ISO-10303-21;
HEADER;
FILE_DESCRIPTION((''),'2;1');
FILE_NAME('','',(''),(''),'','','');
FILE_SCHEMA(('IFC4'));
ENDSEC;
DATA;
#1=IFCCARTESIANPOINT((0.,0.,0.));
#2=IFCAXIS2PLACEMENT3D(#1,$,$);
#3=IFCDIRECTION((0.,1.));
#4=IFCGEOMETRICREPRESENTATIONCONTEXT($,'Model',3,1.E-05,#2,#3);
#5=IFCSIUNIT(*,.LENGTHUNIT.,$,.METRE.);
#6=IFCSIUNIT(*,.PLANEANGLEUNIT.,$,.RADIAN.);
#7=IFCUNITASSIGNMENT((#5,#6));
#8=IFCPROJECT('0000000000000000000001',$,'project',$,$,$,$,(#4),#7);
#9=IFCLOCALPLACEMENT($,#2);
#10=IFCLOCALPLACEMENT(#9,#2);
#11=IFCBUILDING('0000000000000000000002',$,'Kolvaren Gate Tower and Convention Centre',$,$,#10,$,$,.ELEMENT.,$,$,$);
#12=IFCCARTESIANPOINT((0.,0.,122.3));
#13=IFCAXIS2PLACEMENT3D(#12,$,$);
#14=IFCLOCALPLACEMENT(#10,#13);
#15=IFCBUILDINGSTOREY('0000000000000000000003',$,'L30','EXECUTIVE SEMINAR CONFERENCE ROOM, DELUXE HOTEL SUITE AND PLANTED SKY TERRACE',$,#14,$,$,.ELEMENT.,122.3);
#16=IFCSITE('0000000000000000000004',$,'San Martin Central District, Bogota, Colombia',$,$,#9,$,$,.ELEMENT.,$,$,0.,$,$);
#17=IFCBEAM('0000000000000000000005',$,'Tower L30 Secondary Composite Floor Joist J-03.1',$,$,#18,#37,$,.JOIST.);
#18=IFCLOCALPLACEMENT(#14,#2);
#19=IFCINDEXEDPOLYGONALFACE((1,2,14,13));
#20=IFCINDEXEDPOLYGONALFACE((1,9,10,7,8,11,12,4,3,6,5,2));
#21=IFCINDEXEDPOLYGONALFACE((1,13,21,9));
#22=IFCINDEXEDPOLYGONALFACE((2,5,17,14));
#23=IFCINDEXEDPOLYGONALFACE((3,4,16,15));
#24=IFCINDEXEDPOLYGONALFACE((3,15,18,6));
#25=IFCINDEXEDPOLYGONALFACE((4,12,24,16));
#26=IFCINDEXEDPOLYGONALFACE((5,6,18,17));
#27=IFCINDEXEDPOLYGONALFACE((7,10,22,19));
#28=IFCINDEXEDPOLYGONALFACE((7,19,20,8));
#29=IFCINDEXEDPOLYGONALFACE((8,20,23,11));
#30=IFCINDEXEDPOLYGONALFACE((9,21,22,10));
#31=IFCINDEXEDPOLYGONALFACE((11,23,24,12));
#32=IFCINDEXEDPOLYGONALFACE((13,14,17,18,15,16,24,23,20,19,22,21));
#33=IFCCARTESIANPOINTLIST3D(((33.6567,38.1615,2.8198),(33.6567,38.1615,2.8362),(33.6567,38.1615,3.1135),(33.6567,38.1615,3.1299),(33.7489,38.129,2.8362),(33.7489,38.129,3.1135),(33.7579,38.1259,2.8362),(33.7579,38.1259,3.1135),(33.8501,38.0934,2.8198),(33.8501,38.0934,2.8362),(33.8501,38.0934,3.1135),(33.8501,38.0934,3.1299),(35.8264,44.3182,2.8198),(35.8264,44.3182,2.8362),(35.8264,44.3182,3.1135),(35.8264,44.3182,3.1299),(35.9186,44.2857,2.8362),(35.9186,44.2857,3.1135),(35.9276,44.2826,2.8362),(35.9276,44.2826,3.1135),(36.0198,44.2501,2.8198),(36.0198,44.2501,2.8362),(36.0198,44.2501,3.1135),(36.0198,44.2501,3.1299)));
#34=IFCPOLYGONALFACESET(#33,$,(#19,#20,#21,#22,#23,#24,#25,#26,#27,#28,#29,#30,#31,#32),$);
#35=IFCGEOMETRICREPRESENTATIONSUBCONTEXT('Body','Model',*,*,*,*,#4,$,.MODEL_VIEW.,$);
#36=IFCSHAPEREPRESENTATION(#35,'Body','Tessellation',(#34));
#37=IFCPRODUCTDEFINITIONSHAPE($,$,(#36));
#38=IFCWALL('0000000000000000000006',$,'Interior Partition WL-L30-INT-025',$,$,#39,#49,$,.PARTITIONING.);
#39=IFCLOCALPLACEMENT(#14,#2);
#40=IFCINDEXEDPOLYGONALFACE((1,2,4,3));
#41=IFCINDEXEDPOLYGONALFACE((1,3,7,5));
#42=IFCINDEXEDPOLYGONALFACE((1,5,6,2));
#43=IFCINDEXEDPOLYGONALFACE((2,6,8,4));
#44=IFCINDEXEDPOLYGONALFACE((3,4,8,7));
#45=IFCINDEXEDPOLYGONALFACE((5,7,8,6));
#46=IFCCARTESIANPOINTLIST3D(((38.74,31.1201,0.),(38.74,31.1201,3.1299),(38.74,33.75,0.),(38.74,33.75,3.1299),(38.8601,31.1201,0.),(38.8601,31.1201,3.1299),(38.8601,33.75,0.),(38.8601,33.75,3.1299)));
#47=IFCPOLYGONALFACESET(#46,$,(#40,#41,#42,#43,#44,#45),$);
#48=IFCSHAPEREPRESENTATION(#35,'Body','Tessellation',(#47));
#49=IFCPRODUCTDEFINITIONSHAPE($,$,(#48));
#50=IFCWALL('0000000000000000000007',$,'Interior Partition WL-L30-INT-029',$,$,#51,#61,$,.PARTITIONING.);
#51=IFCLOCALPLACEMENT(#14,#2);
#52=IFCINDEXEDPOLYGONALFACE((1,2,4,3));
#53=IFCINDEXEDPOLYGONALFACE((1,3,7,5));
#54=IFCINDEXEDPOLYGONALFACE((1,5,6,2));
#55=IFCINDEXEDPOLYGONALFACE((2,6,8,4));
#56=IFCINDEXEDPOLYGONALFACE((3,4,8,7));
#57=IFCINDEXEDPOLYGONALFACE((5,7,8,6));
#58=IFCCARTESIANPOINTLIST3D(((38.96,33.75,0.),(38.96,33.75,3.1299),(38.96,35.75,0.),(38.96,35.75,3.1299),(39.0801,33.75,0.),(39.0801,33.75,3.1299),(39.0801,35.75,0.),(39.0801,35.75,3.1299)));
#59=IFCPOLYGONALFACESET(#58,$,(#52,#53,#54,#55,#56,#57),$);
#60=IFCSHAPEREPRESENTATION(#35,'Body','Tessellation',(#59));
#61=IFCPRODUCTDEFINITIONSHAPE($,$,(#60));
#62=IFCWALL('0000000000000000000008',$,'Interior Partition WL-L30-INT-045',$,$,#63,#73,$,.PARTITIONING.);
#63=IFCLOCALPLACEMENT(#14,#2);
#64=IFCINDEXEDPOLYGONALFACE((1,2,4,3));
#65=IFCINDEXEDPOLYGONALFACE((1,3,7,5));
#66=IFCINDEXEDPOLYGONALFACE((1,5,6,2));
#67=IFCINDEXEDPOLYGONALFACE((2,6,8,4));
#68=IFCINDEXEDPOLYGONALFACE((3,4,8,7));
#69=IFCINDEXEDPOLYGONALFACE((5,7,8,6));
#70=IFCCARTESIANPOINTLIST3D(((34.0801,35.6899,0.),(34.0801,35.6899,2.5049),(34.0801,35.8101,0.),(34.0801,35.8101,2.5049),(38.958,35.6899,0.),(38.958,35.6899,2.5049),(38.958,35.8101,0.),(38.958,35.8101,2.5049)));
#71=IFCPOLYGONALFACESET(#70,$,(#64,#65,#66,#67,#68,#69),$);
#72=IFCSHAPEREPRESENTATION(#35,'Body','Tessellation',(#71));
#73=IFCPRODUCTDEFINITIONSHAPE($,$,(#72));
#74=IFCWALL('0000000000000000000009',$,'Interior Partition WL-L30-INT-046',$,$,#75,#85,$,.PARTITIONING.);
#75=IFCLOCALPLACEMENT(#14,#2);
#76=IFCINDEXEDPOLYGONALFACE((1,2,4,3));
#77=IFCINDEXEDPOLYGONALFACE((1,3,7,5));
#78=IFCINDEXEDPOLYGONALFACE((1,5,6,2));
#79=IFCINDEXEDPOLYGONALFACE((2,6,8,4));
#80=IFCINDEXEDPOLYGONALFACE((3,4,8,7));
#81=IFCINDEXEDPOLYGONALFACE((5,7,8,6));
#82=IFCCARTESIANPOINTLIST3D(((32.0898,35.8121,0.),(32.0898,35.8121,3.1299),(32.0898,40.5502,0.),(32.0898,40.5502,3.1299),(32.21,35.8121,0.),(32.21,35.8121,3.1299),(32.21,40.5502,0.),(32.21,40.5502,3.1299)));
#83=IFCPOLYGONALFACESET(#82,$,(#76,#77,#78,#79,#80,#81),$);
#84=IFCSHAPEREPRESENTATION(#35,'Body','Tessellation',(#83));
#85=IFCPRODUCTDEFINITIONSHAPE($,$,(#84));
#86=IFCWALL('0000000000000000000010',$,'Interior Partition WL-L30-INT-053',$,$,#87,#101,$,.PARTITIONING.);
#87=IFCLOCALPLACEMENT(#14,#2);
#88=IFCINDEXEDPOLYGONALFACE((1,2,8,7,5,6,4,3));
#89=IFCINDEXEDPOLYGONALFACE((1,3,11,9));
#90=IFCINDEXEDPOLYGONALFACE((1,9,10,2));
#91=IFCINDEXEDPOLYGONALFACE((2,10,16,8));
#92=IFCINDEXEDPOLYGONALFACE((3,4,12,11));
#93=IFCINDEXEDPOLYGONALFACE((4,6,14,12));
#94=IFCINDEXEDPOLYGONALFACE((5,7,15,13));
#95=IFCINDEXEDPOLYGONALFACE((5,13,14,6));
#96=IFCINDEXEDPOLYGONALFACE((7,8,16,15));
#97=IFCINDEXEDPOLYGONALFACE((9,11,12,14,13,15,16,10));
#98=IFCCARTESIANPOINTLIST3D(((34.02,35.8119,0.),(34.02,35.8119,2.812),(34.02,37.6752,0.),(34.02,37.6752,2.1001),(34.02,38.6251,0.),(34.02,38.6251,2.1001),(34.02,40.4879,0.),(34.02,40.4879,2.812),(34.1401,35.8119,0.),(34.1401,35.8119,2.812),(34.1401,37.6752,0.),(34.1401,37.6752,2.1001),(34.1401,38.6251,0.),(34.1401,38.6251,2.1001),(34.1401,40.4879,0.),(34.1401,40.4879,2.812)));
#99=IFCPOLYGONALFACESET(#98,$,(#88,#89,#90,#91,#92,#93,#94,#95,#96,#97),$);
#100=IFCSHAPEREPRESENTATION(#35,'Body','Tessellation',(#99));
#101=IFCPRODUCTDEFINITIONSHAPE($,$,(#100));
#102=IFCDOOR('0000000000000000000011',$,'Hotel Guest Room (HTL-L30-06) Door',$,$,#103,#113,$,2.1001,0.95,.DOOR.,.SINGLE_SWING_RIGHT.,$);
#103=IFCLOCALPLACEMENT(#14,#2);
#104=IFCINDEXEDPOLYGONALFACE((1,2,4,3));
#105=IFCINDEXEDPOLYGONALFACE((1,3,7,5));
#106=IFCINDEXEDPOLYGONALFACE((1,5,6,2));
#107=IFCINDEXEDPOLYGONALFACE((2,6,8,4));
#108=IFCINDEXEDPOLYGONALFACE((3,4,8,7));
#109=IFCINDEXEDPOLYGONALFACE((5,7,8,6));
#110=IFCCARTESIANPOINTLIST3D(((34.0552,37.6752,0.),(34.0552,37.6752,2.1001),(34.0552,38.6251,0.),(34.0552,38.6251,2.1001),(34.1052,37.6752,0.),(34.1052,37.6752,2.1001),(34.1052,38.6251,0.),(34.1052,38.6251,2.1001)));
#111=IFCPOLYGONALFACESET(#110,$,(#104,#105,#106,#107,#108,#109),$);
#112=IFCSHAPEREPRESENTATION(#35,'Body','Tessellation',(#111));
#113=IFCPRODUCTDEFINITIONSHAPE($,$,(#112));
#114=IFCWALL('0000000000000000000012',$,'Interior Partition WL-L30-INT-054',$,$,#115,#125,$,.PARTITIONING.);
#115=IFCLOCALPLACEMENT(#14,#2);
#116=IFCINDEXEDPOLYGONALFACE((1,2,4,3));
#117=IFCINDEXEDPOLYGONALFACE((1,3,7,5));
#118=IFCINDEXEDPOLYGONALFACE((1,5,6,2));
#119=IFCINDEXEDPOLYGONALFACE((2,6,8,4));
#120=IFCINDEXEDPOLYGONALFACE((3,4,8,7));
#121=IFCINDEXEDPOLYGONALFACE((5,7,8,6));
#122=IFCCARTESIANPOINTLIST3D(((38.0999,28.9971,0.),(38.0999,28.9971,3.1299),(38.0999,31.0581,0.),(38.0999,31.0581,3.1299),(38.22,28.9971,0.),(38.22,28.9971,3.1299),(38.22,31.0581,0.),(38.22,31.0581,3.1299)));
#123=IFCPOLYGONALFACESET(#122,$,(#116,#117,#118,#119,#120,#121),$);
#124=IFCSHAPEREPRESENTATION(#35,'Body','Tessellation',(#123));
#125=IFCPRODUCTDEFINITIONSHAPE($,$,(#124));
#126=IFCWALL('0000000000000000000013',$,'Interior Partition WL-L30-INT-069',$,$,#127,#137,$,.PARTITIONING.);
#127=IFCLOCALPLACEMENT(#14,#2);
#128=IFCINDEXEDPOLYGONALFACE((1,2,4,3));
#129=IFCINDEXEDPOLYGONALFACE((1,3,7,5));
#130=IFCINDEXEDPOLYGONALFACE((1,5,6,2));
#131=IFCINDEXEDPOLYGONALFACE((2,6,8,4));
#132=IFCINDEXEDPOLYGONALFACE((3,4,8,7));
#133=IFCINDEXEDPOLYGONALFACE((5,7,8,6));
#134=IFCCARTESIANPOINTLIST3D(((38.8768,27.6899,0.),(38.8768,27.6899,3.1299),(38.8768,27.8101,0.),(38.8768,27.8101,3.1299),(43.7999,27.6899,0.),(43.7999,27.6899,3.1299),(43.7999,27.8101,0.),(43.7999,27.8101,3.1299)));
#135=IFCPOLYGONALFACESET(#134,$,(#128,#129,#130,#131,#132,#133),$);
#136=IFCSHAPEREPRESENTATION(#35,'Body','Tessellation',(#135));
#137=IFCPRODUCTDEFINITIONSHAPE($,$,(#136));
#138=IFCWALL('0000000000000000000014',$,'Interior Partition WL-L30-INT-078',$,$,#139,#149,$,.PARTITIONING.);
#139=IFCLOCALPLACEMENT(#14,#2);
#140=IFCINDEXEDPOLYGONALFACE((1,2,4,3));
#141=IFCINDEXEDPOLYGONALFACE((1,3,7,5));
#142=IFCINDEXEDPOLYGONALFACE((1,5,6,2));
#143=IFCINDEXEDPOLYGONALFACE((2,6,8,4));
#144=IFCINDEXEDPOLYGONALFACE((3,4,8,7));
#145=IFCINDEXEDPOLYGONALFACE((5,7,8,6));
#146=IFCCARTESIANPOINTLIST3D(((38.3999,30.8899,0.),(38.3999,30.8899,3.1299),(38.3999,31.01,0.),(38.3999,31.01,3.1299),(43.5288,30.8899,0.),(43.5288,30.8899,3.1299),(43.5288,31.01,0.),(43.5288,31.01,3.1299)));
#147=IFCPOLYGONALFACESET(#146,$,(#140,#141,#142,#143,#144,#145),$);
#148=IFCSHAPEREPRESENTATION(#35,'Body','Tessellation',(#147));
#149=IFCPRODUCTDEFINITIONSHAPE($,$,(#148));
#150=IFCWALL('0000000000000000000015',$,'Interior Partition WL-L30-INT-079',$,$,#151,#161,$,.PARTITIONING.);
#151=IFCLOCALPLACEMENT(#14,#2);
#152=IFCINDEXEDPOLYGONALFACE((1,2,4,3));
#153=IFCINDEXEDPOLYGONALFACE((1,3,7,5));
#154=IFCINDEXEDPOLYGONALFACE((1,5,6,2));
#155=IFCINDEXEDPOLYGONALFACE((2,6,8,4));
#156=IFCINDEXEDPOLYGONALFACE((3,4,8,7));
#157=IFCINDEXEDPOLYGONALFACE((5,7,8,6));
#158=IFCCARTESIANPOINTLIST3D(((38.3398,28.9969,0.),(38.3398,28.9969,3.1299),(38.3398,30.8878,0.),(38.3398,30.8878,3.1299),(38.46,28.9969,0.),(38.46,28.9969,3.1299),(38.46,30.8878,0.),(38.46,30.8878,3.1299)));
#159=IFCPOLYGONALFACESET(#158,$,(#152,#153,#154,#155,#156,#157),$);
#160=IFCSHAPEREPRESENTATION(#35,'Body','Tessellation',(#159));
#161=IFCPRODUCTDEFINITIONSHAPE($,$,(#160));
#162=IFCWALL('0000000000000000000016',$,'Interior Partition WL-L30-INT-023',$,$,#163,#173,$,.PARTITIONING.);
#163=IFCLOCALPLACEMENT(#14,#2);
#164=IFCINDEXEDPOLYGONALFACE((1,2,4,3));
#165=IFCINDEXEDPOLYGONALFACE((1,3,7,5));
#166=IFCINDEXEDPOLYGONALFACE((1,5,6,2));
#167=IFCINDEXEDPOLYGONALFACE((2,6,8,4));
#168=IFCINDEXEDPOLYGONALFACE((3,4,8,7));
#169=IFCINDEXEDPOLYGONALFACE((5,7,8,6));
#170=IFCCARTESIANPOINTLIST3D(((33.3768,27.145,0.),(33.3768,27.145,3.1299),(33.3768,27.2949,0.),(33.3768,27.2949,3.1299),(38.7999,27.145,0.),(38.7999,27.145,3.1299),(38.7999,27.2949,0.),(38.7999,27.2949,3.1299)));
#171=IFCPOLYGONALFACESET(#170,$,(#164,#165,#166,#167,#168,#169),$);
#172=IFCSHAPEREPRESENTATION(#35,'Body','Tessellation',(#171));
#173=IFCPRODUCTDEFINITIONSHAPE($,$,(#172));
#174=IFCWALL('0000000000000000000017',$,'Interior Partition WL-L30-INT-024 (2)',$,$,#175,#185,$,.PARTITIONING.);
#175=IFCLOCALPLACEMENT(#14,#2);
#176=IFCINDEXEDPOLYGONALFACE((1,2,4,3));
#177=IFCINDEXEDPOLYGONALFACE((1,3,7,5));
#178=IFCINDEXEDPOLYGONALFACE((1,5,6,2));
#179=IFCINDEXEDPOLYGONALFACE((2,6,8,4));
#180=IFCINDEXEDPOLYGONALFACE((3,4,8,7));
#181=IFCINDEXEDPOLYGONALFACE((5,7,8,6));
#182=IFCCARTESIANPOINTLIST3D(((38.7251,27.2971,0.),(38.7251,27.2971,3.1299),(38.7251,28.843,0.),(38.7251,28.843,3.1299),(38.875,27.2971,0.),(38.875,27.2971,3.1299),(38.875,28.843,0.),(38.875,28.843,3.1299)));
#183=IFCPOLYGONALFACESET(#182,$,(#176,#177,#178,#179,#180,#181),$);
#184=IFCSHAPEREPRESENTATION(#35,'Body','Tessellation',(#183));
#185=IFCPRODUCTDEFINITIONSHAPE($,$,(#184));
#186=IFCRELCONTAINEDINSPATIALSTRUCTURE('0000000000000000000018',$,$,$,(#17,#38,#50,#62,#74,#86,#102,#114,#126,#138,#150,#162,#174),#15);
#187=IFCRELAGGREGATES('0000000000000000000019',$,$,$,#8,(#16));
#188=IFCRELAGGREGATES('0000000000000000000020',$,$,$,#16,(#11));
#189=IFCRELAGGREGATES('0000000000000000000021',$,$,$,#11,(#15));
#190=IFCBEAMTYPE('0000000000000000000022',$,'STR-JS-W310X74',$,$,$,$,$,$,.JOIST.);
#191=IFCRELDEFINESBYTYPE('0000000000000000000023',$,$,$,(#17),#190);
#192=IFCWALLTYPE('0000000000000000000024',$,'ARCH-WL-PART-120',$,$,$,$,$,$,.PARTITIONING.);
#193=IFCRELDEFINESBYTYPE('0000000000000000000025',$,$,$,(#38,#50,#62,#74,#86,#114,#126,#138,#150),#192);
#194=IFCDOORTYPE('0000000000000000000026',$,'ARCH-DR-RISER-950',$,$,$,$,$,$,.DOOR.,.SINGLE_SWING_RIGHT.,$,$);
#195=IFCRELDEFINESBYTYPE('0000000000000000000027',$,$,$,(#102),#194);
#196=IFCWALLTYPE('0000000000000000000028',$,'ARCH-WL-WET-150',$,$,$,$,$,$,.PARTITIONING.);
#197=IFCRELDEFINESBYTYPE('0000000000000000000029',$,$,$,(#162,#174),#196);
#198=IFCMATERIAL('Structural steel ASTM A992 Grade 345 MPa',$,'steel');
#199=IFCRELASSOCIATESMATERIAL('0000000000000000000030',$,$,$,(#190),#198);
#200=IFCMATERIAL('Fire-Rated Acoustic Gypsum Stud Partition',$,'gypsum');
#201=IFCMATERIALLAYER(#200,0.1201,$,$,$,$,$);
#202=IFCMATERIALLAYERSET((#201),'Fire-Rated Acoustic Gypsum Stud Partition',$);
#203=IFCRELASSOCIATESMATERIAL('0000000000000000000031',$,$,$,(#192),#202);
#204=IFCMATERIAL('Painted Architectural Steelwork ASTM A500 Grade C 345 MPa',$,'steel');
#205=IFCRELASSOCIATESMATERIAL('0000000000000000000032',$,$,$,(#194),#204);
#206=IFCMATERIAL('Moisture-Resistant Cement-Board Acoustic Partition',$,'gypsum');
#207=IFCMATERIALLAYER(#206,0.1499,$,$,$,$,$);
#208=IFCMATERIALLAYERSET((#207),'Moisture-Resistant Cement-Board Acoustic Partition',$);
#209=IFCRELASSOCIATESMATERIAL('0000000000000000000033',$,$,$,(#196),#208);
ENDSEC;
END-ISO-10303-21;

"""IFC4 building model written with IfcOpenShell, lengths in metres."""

from ifc_helpers import new_model, si_unit, direction, frame, frame_2d, origin, origin_2d, place, context, subcontext, project, spatial, rectangle, i_section, extrude, material, layer, layer_set, material_profile, profile_set, type_object, element, fill, save


model = new_model("IFC4")

# Units and contexts
model_context = context("Model", 3, precision=1e-05, world=origin(), true_north=direction((0.0, 1.0)))
body_context = subcontext(model_context, "Body", "Model", "MODEL_VIEW")
ifc_project = project(units=[si_unit("LENGTHUNIT", "METRE"), si_unit("PLANEANGLEUNIT", "RADIAN")], contexts=[model_context])

# Site, building, storey
site_placement = place(None, origin())
site = spatial("IfcSite", under=ifc_project, at=site_placement, Name="San Martin Central District, Bogota, Colombia", CompositionType="ELEMENT", RefElevation=0.0)
building_placement = place(site_placement, origin())
building = spatial("IfcBuilding", under=site, at=building_placement, Name="Kolvaren Gate Tower and Convention Centre", CompositionType="ELEMENT")
storey_placement = place(building_placement, frame((0.0, 0.0, 122.3)))
storey = spatial("IfcBuildingStorey", under=building, at=storey_placement, Name="L30", Description="EXECUTIVE SEMINAR CONFERENCE ROOM, DELUXE HOTEL SUITE AND PLANTED SKY TERRACE", CompositionType="ELEMENT", Elevation=122.3)

# Beam
ifc_material_1 = material(Name="Structural steel ASTM A992 Grade 345 MPa", Category="steel")
ifc_material_profile_1 = material_profile(ifc_material_1, i_section(OverallWidth=0.2051, OverallDepth=0.3101, WebThickness=0.0095, FlangeThickness=0.0164, at=origin_2d()), Name="W310X74")
ifc_profile_set_1 = profile_set([ifc_material_profile_1], Name="Structural steel ASTM A992 Grade 345 MPa")
beam_type_1 = type_object("IfcBeamType", Name="STR-JS-W310X74", PredefinedType="JOIST", material=ifc_profile_set_1)
beam_1_placement = place(storey_placement, frame((33.7534, 38.1274, 2.9749), z_axis=(0.332372, 0.943148, 0.0), x_axis=(-0.943148, 0.332372, 0.0)))
element("IfcBeam", 1, at=beam_1_placement, inside=storey, type_object=beam_type_1, Name="Tower L30 Secondary Composite Floor Joist J-03.1", PredefinedType="JOIST", context=body_context, shape_type="SweptSolid", body=[
    extrude(i_section(OverallWidth=0.2051, OverallDepth=0.3101, WebThickness=0.0095, FlangeThickness=0.0164, at=origin_2d()), origin(), (0.0, 0.0, 1.0), 6.5278),
])

# Walls
ifc_material_2 = material(Name="Fire-Rated Acoustic Gypsum Stud Partition", Category="gypsum")
ifc_layer_1 = layer(ifc_material_2, 0.1201)
ifc_layer_set_1 = layer_set([ifc_layer_1], Name="Fire-Rated Acoustic Gypsum Stud Partition")
wall_type_1 = type_object("IfcWallType", Name="ARCH-WL-PART-120", PredefinedType="PARTITIONING", material=ifc_layer_set_1)
wall_1_placement = place(storey_placement, frame((38.8, 31.1201, 0.0), z_axis=(0.0, 0.0, 1.0), x_axis=(0.0, 1.0, 0.0)))
element("IfcWall", 2, at=wall_1_placement, inside=storey, type_object=wall_type_1, Name="Interior Partition WL-L30-INT-025", PredefinedType="PARTITIONING", context=body_context, shape_type="SweptSolid", body=[
    extrude(rectangle(XDim=2.6299, YDim=0.1201, at=frame_2d((1.3149, 0.0))), origin(), (0.0, 0.0, 1.0), 3.1299),
])
wall_2_placement = place(storey_placement, frame((39.02, 33.75, 0.0), z_axis=(0.0, 0.0, 1.0), x_axis=(0.0, 1.0, 0.0)))
element("IfcWall", 3, at=wall_2_placement, inside=storey, type_object=wall_type_1, Name="Interior Partition WL-L30-INT-029", PredefinedType="PARTITIONING", context=body_context, shape_type="SweptSolid", body=[
    extrude(rectangle(XDim=2.0, YDim=0.1201, at=frame_2d((1.0, 0.0))), origin(), (0.0, 0.0, 1.0), 3.1299),
])
wall_3_placement = place(storey_placement, frame((34.0801, 35.75, 0.0), z_axis=(0.0, 0.0, 1.0), x_axis=(1.0, 0.0, 0.0)))
element("IfcWall", 4, at=wall_3_placement, inside=storey, type_object=wall_type_1, Name="Interior Partition WL-L30-INT-045", PredefinedType="PARTITIONING", context=body_context, shape_type="SweptSolid", body=[
    extrude(rectangle(XDim=4.8779, YDim=0.1201, at=frame_2d((2.439, 0.0))), origin(), (0.0, 0.0, 1.0), 2.5049),
])
wall_4_placement = place(storey_placement, frame((32.1499, 35.812, 0.0), z_axis=(0.0, 0.0, 1.0), x_axis=(0.0, 1.0, 0.0)))
element("IfcWall", 5, at=wall_4_placement, inside=storey, type_object=wall_type_1, Name="Interior Partition WL-L30-INT-046", PredefinedType="PARTITIONING", context=body_context, shape_type="SweptSolid", body=[
    extrude(rectangle(XDim=4.738, YDim=0.1201, at=frame_2d((2.3691, 0.0))), origin(), (0.0, 0.0, 1.0), 3.1299),
])

# Wall, opening, door
wall_5_placement = place(storey_placement, frame((34.0801, 35.812, 0.0), z_axis=(0.0, 0.0, 1.0), x_axis=(0.0, 1.0, 0.0)))
wall_5 = element("IfcWall", 6, at=wall_5_placement, inside=storey, type_object=wall_type_1, Name="Interior Partition WL-L30-INT-053", PredefinedType="PARTITIONING", context=body_context, shape_type="SweptSolid", body=[
    extrude(rectangle(XDim=4.676, YDim=0.1201, at=frame_2d((2.3379, 0.0))), origin(), (0.0, 0.0, 1.0), 2.812),
])
opening_1_placement = place(wall_5_placement, frame((1.863, 0.0, 0.0)))
opening_1 = element("IfcOpeningElement", 7, at=opening_1_placement, cuts=wall_5, PredefinedType="OPENING", context=body_context, shape_type="SweptSolid", body=[
    extrude(rectangle(XDim=0.95, YDim=2.1001, at=frame_2d((0.4751, 1.05))), frame((0.0, 0.0701, 0.0), z_axis=(0.0, -1.0, 0.0), x_axis=(1.0, 0.0, 0.0)), (0.0, 0.0, 1.0), 0.1401),
])
ifc_material_3 = material(Name="Painted Architectural Steelwork ASTM A500 Grade C 345 MPa", Category="steel")
door_type_1 = type_object("IfcDoorType", Name="ARCH-DR-RISER-950", OperationType="SINGLE_SWING_RIGHT", PredefinedType="DOOR", material=ifc_material_3)
door_1_placement = place(opening_1_placement, origin())
door_1 = element("IfcDoor", 8, at=door_1_placement, inside=storey, type_object=door_type_1, Name="Hotel Guest Room (HTL-L30-06) Door", OperationType="SINGLE_SWING_RIGHT", OverallHeight=2.1001, OverallWidth=0.95, PredefinedType="DOOR", context=body_context, shape_type="SweptSolid", body=[
    extrude(rectangle(XDim=0.95, YDim=2.1001, at=frame_2d((0.4751, 1.05))), frame((0.0, 0.0249, 0.0), z_axis=(0.0, -1.0, 0.0), x_axis=(1.0, 0.0, 0.0)), (0.0, 0.0, 1.0), 0.05),
])
fill(opening_1, door_1)

# Walls
wall_6_placement = place(storey_placement, frame((38.1599, 28.9971, 0.0), z_axis=(0.0, 0.0, 1.0), x_axis=(0.0, 1.0, 0.0)))
element("IfcWall", 9, at=wall_6_placement, inside=storey, type_object=wall_type_1, Name="Interior Partition WL-L30-INT-054", PredefinedType="PARTITIONING", context=body_context, shape_type="SweptSolid", body=[
    extrude(rectangle(XDim=2.061, YDim=0.1201, at=frame_2d((1.0305, 0.0))), origin(), (0.0, 0.0, 1.0), 3.1299),
])
wall_7_placement = place(storey_placement, frame((38.877, 27.75, 0.0), z_axis=(0.0, 0.0, 1.0), x_axis=(1.0, 0.0, 0.0)))
element("IfcWall", 10, at=wall_7_placement, inside=storey, type_object=wall_type_1, Name="Interior Partition WL-L30-INT-069", PredefinedType="PARTITIONING", context=body_context, shape_type="SweptSolid", body=[
    extrude(rectangle(XDim=4.9231, YDim=0.1201, at=frame_2d((2.4614, 0.0))), origin(), (0.0, 0.0, 1.0), 3.1299),
])
wall_8_placement = place(storey_placement, frame((38.3999, 30.95, 0.0), z_axis=(0.0, 0.0, 1.0), x_axis=(1.0, 0.0, 0.0)))
element("IfcWall", 11, at=wall_8_placement, inside=storey, type_object=wall_type_1, Name="Interior Partition WL-L30-INT-078", PredefinedType="PARTITIONING", context=body_context, shape_type="SweptSolid", body=[
    extrude(rectangle(XDim=5.1289, YDim=0.1201, at=frame_2d((2.5645, 0.0))), origin(), (0.0, 0.0, 1.0), 3.1299),
])
wall_9_placement = place(storey_placement, frame((38.3999, 28.9971, 0.0), z_axis=(0.0, 0.0, 1.0), x_axis=(0.0, 1.0, 0.0)))
element("IfcWall", 12, at=wall_9_placement, inside=storey, type_object=wall_type_1, Name="Interior Partition WL-L30-INT-079", PredefinedType="PARTITIONING", context=body_context, shape_type="SweptSolid", body=[
    extrude(rectangle(XDim=1.8909, YDim=0.1201, at=frame_2d((0.9453, 0.0))), origin(), (0.0, 0.0, 1.0), 3.1299),
])
ifc_material_4 = material(Name="Moisture-Resistant Cement-Board Acoustic Partition", Category="gypsum")
ifc_layer_2 = layer(ifc_material_4, 0.1499)
ifc_layer_set_2 = layer_set([ifc_layer_2], Name="Moisture-Resistant Cement-Board Acoustic Partition")
wall_type_2 = type_object("IfcWallType", Name="ARCH-WL-WET-150", PredefinedType="PARTITIONING", material=ifc_layer_set_2)
wall_10_placement = place(storey_placement, frame((33.377, 27.22, 0.0), z_axis=(0.0, 0.0, 1.0), x_axis=(1.0, 0.0, 0.0)))
element("IfcWall", 13, at=wall_10_placement, inside=storey, type_object=wall_type_2, Name="Interior Partition WL-L30-INT-023", PredefinedType="PARTITIONING", context=body_context, shape_type="SweptSolid", body=[
    extrude(rectangle(XDim=5.4231, YDim=0.1499, at=frame_2d((2.7114, 0.0))), origin(), (0.0, 0.0, 1.0), 3.1299),
])
wall_11_placement = place(storey_placement, frame((38.8, 27.2971, 0.0), z_axis=(0.0, 0.0, 1.0), x_axis=(0.0, 1.0, 0.0)))
element("IfcWall", 14, at=wall_11_placement, inside=storey, type_object=wall_type_2, Name="Interior Partition WL-L30-INT-024 (2)", PredefinedType="PARTITIONING", context=body_context, shape_type="SweptSolid", body=[
    extrude(rectangle(XDim=1.5459, YDim=0.1499, at=frame_2d((0.7729, 0.0))), origin(), (0.0, 0.0, 1.0), 3.1299),
])

save(model, "model.ifc")
